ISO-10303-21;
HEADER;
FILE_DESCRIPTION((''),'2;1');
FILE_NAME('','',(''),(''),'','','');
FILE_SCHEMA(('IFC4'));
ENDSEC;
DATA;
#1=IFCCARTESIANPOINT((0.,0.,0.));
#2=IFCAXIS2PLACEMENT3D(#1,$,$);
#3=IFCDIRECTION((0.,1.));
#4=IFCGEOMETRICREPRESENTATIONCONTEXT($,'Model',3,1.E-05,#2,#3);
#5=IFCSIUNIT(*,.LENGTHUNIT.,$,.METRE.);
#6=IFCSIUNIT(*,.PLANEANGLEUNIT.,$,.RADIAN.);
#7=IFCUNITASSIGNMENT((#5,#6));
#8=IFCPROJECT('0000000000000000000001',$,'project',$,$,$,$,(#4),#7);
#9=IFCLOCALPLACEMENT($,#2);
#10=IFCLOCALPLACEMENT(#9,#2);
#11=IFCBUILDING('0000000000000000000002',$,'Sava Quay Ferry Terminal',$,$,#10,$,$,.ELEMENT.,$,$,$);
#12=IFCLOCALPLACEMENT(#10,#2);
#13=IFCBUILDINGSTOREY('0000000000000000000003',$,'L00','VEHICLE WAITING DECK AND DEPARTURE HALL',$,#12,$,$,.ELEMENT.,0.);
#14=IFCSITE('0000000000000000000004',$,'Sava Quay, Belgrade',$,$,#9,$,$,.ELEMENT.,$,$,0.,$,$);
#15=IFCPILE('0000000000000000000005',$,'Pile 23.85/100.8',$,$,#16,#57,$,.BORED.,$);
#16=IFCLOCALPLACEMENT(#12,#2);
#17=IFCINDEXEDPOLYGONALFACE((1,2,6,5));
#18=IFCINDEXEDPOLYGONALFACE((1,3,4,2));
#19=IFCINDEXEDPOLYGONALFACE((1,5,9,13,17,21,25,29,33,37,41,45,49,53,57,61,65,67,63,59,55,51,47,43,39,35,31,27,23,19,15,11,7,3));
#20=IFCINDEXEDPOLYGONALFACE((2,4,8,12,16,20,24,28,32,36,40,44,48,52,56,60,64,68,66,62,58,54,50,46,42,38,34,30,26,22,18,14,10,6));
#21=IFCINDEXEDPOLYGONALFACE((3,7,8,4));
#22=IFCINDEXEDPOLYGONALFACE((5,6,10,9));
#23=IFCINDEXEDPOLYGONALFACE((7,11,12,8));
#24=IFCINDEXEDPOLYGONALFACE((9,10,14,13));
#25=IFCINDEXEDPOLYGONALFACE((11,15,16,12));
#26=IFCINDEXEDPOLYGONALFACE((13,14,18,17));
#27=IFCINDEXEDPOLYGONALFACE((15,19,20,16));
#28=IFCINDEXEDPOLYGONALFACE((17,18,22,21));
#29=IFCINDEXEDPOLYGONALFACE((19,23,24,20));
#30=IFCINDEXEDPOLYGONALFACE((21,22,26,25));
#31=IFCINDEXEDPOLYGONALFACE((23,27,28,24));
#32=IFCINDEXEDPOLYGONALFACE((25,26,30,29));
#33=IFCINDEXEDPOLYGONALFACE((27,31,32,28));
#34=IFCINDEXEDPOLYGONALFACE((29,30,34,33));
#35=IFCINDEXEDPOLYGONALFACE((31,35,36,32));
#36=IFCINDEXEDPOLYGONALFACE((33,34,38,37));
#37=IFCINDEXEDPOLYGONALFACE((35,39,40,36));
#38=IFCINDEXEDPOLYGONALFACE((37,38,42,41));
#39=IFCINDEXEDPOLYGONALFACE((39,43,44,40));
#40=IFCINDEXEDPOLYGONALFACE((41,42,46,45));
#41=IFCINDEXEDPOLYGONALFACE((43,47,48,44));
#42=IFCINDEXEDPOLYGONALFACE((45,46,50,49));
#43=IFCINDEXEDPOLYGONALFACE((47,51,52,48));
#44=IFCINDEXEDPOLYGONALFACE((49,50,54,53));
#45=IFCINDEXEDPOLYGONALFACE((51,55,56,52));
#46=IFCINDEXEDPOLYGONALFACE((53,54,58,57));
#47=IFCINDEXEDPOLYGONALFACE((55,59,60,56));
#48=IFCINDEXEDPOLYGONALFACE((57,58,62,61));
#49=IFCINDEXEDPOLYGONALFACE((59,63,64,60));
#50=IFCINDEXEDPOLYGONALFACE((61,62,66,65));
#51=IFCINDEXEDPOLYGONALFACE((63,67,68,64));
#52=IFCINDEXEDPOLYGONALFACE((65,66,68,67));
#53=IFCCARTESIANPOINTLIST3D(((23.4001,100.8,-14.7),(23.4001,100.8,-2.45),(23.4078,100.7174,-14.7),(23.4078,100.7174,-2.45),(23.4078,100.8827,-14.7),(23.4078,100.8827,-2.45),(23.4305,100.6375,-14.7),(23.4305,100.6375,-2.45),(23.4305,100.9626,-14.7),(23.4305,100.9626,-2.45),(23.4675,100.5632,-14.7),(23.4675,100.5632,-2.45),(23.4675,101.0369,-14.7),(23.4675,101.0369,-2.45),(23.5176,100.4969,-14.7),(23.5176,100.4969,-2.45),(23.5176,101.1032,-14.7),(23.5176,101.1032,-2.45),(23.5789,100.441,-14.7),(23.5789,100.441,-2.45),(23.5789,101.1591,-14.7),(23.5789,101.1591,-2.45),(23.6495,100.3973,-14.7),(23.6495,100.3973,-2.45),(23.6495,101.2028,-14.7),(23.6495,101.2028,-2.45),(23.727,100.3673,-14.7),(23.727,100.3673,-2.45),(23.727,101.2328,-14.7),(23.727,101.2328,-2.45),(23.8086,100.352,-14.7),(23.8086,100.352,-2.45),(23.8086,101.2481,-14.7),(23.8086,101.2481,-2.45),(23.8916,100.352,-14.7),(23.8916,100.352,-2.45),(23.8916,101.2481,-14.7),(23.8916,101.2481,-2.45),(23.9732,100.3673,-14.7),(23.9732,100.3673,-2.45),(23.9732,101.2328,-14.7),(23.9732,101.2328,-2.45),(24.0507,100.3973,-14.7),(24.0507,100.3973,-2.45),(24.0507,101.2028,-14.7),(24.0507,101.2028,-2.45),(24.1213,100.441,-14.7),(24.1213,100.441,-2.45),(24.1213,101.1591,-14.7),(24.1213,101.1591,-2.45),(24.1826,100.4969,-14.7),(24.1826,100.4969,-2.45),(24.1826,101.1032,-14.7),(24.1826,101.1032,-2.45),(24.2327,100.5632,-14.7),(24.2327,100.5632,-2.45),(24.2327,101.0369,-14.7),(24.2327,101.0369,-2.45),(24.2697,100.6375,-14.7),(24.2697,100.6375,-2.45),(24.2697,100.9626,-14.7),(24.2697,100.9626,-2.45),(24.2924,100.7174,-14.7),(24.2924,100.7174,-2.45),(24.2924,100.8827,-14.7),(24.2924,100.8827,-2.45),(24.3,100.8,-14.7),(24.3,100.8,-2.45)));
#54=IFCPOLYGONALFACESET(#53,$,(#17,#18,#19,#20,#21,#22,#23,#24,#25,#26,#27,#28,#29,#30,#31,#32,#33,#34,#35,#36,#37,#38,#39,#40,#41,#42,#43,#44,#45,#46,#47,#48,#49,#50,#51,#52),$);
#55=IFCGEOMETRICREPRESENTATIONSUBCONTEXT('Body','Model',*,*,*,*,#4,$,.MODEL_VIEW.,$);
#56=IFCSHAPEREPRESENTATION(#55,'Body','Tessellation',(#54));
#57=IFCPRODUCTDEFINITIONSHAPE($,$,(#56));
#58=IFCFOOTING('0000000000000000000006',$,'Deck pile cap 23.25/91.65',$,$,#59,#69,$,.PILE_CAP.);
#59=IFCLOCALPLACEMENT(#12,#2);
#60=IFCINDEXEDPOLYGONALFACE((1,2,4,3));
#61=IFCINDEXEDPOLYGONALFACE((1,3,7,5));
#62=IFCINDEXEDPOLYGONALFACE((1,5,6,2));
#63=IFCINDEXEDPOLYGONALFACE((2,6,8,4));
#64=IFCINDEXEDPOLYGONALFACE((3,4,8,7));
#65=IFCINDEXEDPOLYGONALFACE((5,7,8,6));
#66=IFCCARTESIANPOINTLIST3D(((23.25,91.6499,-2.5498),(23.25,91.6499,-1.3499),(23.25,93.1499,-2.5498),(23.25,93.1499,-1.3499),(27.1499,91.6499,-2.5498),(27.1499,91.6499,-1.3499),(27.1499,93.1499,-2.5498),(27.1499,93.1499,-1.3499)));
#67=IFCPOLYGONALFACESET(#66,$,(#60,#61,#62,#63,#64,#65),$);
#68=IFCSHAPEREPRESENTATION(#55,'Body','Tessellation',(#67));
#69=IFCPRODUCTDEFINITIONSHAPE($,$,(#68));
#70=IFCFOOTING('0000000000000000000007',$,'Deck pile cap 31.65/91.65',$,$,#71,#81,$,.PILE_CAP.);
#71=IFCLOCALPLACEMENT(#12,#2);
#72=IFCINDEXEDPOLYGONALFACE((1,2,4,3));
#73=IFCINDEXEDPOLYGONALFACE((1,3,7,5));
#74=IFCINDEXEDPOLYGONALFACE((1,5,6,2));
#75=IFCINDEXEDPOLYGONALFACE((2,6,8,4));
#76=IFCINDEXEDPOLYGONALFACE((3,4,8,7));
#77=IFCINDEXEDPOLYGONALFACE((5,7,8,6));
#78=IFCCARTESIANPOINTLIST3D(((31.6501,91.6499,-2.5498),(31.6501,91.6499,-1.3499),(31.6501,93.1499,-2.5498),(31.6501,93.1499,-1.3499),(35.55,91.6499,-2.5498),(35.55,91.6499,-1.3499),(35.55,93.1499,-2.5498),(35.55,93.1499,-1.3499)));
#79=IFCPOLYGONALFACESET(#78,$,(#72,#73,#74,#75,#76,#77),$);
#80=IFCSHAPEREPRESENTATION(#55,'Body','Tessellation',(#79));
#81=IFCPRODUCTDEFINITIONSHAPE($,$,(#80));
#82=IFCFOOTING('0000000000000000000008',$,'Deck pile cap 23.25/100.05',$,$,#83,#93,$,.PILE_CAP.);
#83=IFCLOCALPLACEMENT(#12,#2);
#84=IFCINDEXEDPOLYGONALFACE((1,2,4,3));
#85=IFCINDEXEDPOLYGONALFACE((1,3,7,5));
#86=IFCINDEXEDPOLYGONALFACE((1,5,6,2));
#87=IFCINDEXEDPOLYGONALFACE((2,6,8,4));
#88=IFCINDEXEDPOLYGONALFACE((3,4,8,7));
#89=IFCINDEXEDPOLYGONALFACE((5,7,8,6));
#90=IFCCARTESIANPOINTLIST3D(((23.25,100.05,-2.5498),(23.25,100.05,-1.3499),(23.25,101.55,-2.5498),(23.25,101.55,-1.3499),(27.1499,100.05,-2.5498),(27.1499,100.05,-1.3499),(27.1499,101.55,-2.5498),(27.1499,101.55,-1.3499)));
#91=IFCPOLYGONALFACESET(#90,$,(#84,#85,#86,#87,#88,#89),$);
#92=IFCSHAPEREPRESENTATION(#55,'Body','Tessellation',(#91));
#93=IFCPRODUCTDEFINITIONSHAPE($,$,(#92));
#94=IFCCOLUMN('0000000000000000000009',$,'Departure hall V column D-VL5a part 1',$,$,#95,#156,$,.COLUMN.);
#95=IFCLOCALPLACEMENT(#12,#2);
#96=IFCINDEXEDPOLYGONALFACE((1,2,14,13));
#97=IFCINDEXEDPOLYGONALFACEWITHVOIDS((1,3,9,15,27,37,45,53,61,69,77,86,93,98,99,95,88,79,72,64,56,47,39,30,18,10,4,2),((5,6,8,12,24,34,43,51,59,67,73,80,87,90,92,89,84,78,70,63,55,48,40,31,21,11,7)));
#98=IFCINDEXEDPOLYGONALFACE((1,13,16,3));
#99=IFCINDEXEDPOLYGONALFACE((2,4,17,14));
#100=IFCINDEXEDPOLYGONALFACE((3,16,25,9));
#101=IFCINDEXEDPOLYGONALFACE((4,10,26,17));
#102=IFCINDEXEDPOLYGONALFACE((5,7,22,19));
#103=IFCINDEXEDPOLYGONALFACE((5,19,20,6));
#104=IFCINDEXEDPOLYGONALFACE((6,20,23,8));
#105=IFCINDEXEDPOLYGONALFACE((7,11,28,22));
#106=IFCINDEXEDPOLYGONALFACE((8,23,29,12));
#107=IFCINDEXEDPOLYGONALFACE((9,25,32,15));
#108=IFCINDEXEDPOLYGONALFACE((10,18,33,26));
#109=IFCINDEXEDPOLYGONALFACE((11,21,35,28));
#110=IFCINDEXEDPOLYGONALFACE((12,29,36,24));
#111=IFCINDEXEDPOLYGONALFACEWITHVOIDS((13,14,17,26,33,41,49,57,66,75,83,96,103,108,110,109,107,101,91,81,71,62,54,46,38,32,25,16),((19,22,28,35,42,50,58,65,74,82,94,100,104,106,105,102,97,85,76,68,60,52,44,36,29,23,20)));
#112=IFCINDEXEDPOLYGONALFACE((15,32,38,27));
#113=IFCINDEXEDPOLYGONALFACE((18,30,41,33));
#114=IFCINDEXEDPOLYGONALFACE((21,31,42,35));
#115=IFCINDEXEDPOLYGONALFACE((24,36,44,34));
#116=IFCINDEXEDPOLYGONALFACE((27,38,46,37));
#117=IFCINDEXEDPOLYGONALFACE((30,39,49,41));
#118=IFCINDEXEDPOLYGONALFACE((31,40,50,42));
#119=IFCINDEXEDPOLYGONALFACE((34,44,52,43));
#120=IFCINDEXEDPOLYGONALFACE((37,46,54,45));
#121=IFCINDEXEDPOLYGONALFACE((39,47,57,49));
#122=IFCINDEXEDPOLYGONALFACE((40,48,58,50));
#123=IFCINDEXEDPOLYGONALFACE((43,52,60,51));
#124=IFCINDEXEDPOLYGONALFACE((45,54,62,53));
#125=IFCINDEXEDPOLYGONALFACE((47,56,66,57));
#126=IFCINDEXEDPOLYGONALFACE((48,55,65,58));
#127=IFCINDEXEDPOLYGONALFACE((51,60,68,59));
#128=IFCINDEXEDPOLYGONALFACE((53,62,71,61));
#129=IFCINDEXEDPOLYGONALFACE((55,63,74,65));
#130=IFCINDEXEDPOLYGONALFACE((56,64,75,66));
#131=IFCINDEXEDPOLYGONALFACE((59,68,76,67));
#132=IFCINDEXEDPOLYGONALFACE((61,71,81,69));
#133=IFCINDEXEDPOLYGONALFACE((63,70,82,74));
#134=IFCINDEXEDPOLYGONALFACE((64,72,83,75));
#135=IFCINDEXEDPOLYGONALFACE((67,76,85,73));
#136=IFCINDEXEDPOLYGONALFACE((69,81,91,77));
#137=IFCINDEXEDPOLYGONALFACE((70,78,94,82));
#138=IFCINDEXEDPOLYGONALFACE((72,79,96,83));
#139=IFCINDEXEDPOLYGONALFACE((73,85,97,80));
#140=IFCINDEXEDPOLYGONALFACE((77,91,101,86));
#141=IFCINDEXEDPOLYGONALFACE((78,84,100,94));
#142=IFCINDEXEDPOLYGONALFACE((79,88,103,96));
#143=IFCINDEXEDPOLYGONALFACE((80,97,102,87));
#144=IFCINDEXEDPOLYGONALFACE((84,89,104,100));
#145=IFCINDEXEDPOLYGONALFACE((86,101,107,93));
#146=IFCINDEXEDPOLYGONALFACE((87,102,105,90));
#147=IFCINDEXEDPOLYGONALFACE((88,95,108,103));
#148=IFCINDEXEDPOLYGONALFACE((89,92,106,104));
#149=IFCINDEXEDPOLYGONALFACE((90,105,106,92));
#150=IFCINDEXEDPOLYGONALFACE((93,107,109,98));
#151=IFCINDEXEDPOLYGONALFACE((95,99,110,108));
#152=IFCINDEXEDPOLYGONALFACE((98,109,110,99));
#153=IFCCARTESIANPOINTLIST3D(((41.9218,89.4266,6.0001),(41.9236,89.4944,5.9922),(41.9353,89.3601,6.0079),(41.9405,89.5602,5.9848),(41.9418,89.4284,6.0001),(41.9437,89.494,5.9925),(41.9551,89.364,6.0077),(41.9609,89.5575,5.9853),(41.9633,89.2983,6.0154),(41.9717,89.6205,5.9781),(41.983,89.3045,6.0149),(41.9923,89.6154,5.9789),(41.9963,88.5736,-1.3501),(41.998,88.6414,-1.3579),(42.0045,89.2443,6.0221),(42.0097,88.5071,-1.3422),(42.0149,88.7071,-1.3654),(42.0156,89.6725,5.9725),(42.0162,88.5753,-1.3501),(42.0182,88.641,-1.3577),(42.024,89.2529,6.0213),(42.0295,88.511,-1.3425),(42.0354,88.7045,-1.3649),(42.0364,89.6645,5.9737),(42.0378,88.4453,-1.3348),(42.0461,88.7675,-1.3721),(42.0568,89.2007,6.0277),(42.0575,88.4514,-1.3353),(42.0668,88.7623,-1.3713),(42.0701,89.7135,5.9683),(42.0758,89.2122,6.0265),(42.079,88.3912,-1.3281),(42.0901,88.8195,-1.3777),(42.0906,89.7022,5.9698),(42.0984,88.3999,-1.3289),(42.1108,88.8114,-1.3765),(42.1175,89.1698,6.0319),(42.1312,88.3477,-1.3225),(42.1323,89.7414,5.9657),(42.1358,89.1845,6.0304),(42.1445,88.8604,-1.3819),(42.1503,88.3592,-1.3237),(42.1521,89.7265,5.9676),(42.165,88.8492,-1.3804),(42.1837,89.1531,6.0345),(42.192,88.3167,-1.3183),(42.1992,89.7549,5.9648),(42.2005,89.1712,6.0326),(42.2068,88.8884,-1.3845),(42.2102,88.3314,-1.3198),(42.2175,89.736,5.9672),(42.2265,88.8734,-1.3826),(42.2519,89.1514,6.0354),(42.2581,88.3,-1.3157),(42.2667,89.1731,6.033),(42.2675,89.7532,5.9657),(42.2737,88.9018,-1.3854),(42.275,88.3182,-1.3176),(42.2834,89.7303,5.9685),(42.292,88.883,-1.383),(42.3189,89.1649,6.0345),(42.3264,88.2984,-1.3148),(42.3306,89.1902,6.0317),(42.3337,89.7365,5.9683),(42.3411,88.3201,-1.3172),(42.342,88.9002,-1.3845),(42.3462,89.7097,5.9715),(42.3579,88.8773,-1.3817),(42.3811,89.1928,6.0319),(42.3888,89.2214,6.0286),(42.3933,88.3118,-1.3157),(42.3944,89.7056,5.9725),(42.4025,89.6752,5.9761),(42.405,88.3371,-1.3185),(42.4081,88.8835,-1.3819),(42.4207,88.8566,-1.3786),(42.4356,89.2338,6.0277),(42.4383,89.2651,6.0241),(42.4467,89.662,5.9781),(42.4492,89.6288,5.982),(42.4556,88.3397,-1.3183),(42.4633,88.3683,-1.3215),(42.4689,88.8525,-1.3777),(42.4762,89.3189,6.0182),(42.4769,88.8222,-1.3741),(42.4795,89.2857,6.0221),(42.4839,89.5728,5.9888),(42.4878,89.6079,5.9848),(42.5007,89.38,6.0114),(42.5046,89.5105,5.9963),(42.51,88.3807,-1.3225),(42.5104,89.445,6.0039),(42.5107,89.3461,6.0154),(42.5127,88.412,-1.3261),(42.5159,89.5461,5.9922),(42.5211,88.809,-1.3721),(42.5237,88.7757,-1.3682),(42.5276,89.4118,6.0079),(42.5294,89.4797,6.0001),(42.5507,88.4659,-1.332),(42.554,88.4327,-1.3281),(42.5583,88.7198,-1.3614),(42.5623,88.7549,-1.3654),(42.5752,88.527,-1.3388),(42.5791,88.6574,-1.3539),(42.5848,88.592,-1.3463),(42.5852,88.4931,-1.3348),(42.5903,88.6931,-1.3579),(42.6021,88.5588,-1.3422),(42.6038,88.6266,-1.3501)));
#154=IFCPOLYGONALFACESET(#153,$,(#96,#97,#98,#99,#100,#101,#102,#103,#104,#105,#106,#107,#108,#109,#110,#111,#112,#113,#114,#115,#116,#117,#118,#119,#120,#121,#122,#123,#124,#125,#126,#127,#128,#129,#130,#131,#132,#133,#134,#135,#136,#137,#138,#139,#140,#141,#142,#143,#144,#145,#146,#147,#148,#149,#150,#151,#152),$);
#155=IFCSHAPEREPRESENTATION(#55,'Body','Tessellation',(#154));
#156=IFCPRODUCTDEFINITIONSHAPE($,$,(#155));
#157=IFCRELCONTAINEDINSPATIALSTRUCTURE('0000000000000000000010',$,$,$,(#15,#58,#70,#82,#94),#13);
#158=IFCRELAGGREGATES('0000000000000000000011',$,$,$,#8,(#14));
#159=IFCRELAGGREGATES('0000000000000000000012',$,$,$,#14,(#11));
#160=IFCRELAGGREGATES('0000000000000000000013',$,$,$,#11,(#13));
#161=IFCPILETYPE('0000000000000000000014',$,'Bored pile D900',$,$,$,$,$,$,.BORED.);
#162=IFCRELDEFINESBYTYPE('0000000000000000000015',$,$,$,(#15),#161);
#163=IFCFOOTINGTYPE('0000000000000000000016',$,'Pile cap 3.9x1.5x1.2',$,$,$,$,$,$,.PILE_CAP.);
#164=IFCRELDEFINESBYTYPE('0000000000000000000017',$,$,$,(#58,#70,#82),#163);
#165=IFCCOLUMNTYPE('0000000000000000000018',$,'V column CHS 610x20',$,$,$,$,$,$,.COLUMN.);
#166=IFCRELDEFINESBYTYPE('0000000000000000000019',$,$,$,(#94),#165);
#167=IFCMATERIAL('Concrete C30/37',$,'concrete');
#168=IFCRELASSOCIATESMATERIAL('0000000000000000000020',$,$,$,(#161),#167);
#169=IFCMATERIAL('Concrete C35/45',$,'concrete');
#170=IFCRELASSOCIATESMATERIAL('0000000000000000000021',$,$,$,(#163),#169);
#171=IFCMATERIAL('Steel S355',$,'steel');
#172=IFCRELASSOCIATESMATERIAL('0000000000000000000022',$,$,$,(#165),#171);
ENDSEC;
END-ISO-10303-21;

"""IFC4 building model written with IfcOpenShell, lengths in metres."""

from ifc_helpers import new_model, si_unit, direction, frame, origin, origin_2d, place, context, subcontext, project, spatial, rectangle, circle, hollow_circle, extrude, material, material_profile, profile_set, type_object, element, save


model = new_model("IFC4")

# Units and contexts
model_context = context("Model", 3, precision=1e-05, world=origin(), true_north=direction((0.0, 1.0)))
body_context = subcontext(model_context, "Body", "Model", "MODEL_VIEW")
ifc_project = project(units=[si_unit("LENGTHUNIT", "METRE"), si_unit("PLANEANGLEUNIT", "RADIAN")], contexts=[model_context])

# Site, building, storey
site_placement = place(None, origin())
site = spatial("IfcSite", under=ifc_project, at=site_placement, Name="Sava Quay, Belgrade", CompositionType="ELEMENT", RefElevation=0.0)
building_placement = place(site_placement, origin())
building = spatial("IfcBuilding", under=site, at=building_placement, Name="Sava Quay Ferry Terminal", CompositionType="ELEMENT")
storey_placement = place(building_placement, origin())
storey = spatial("IfcBuildingStorey", under=building, at=storey_placement, Name="L00", Description="VEHICLE WAITING DECK AND DEPARTURE HALL", CompositionType="ELEMENT", Elevation=0.0)

# Pile
ifc_material_1 = material(Name="Concrete C30/37", Category="concrete")
ifc_material_profile_1 = material_profile(ifc_material_1, circle(Radius=0.45, at=origin_2d()), Name="Bored pile D900")
ifc_profile_set_1 = profile_set([ifc_material_profile_1], Name="Concrete C30/37")
pile_type = type_object("IfcPileType", Name="Bored pile D900", PredefinedType="BORED", material=ifc_profile_set_1)
for number, where, z_axis, x_axis, name in (
    (1, (23.8501, 100.8, -2.45), (0.0, 0.0, -1.0), (1.0, 0.0, 0.0), "Pile 23.85/100.8"),
):
    element("IfcPile", number, at=place(storey_placement, frame(where, z_axis=z_axis, x_axis=x_axis)), inside=storey, type_object=pile_type, Name=name, PredefinedType="BORED", context=body_context, shape_type="SweptSolid", body=[
        extrude(circle(Radius=0.45, at=origin_2d()), origin(), (0.0, 0.0, 1.0), 12.25),
    ])

# Footings
ifc_material_2 = material(Name="Concrete C35/45", Category="concrete")
footing_type = type_object("IfcFootingType", Name="Pile cap 3.9x1.5x1.2", PredefinedType="PILE_CAP", material=ifc_material_2)
for number, where, z_axis, x_axis, name in (
    (2, (25.2, 92.3999, -2.5498), (0.0, 0.0, 1.0), (1.0, 0.0, 0.0), "Deck pile cap 23.25/91.65"),
    (3, (33.6001, 92.3999, -2.5498), (0.0, 0.0, 1.0), (1.0, 0.0, 0.0), "Deck pile cap 31.65/91.65"),
    (4, (25.2, 100.8, -2.5498), (0.0, 0.0, 1.0), (1.0, 0.0, 0.0), "Deck pile cap 23.25/100.05"),
):
    element("IfcFooting", number, at=place(storey_placement, frame(where, z_axis=z_axis, x_axis=x_axis)), inside=storey, type_object=footing_type, Name=name, PredefinedType="PILE_CAP", context=body_context, shape_type="SweptSolid", body=[
        extrude(rectangle(XDim=3.8999, YDim=1.5, at=origin_2d()), origin(), (0.0, 0.0, 1.0), 1.2),
    ])

# Column
ifc_material_3 = material(Name="Steel S355", Category="steel")
ifc_material_profile_2 = material_profile(ifc_material_3, hollow_circle(Radius=0.3049, WallThickness=0.02, at=origin_2d()), Name="CHS 610 x 20.0")
ifc_profile_set_2 = profile_set([ifc_material_profile_2], Name="Steel S355")
column_type = type_object("IfcColumnType", Name="V column CHS 610x20", PredefinedType="COLUMN", material=ifc_profile_set_2)
for number, where, z_axis, x_axis, name in (
    (5, (42.3, 88.6001, -1.3501), (-0.010063, 0.115277, 0.993282), (-0.996212, -0.086962, 0.0), "Departure hall V column D-VL5a part 1"),
):
    element("IfcColumn", number, at=place(storey_placement, frame(where, z_axis=z_axis, x_axis=x_axis)), inside=storey, type_object=column_type, Name=name, PredefinedType="COLUMN", context=body_context, shape_type="SweptSolid", body=[
        extrude(hollow_circle(Radius=0.3049, WallThickness=0.02, at=origin_2d()), origin(), (0.0, 0.0, 1.0), 7.3999),
    ])

save(model, "model.ifc")
